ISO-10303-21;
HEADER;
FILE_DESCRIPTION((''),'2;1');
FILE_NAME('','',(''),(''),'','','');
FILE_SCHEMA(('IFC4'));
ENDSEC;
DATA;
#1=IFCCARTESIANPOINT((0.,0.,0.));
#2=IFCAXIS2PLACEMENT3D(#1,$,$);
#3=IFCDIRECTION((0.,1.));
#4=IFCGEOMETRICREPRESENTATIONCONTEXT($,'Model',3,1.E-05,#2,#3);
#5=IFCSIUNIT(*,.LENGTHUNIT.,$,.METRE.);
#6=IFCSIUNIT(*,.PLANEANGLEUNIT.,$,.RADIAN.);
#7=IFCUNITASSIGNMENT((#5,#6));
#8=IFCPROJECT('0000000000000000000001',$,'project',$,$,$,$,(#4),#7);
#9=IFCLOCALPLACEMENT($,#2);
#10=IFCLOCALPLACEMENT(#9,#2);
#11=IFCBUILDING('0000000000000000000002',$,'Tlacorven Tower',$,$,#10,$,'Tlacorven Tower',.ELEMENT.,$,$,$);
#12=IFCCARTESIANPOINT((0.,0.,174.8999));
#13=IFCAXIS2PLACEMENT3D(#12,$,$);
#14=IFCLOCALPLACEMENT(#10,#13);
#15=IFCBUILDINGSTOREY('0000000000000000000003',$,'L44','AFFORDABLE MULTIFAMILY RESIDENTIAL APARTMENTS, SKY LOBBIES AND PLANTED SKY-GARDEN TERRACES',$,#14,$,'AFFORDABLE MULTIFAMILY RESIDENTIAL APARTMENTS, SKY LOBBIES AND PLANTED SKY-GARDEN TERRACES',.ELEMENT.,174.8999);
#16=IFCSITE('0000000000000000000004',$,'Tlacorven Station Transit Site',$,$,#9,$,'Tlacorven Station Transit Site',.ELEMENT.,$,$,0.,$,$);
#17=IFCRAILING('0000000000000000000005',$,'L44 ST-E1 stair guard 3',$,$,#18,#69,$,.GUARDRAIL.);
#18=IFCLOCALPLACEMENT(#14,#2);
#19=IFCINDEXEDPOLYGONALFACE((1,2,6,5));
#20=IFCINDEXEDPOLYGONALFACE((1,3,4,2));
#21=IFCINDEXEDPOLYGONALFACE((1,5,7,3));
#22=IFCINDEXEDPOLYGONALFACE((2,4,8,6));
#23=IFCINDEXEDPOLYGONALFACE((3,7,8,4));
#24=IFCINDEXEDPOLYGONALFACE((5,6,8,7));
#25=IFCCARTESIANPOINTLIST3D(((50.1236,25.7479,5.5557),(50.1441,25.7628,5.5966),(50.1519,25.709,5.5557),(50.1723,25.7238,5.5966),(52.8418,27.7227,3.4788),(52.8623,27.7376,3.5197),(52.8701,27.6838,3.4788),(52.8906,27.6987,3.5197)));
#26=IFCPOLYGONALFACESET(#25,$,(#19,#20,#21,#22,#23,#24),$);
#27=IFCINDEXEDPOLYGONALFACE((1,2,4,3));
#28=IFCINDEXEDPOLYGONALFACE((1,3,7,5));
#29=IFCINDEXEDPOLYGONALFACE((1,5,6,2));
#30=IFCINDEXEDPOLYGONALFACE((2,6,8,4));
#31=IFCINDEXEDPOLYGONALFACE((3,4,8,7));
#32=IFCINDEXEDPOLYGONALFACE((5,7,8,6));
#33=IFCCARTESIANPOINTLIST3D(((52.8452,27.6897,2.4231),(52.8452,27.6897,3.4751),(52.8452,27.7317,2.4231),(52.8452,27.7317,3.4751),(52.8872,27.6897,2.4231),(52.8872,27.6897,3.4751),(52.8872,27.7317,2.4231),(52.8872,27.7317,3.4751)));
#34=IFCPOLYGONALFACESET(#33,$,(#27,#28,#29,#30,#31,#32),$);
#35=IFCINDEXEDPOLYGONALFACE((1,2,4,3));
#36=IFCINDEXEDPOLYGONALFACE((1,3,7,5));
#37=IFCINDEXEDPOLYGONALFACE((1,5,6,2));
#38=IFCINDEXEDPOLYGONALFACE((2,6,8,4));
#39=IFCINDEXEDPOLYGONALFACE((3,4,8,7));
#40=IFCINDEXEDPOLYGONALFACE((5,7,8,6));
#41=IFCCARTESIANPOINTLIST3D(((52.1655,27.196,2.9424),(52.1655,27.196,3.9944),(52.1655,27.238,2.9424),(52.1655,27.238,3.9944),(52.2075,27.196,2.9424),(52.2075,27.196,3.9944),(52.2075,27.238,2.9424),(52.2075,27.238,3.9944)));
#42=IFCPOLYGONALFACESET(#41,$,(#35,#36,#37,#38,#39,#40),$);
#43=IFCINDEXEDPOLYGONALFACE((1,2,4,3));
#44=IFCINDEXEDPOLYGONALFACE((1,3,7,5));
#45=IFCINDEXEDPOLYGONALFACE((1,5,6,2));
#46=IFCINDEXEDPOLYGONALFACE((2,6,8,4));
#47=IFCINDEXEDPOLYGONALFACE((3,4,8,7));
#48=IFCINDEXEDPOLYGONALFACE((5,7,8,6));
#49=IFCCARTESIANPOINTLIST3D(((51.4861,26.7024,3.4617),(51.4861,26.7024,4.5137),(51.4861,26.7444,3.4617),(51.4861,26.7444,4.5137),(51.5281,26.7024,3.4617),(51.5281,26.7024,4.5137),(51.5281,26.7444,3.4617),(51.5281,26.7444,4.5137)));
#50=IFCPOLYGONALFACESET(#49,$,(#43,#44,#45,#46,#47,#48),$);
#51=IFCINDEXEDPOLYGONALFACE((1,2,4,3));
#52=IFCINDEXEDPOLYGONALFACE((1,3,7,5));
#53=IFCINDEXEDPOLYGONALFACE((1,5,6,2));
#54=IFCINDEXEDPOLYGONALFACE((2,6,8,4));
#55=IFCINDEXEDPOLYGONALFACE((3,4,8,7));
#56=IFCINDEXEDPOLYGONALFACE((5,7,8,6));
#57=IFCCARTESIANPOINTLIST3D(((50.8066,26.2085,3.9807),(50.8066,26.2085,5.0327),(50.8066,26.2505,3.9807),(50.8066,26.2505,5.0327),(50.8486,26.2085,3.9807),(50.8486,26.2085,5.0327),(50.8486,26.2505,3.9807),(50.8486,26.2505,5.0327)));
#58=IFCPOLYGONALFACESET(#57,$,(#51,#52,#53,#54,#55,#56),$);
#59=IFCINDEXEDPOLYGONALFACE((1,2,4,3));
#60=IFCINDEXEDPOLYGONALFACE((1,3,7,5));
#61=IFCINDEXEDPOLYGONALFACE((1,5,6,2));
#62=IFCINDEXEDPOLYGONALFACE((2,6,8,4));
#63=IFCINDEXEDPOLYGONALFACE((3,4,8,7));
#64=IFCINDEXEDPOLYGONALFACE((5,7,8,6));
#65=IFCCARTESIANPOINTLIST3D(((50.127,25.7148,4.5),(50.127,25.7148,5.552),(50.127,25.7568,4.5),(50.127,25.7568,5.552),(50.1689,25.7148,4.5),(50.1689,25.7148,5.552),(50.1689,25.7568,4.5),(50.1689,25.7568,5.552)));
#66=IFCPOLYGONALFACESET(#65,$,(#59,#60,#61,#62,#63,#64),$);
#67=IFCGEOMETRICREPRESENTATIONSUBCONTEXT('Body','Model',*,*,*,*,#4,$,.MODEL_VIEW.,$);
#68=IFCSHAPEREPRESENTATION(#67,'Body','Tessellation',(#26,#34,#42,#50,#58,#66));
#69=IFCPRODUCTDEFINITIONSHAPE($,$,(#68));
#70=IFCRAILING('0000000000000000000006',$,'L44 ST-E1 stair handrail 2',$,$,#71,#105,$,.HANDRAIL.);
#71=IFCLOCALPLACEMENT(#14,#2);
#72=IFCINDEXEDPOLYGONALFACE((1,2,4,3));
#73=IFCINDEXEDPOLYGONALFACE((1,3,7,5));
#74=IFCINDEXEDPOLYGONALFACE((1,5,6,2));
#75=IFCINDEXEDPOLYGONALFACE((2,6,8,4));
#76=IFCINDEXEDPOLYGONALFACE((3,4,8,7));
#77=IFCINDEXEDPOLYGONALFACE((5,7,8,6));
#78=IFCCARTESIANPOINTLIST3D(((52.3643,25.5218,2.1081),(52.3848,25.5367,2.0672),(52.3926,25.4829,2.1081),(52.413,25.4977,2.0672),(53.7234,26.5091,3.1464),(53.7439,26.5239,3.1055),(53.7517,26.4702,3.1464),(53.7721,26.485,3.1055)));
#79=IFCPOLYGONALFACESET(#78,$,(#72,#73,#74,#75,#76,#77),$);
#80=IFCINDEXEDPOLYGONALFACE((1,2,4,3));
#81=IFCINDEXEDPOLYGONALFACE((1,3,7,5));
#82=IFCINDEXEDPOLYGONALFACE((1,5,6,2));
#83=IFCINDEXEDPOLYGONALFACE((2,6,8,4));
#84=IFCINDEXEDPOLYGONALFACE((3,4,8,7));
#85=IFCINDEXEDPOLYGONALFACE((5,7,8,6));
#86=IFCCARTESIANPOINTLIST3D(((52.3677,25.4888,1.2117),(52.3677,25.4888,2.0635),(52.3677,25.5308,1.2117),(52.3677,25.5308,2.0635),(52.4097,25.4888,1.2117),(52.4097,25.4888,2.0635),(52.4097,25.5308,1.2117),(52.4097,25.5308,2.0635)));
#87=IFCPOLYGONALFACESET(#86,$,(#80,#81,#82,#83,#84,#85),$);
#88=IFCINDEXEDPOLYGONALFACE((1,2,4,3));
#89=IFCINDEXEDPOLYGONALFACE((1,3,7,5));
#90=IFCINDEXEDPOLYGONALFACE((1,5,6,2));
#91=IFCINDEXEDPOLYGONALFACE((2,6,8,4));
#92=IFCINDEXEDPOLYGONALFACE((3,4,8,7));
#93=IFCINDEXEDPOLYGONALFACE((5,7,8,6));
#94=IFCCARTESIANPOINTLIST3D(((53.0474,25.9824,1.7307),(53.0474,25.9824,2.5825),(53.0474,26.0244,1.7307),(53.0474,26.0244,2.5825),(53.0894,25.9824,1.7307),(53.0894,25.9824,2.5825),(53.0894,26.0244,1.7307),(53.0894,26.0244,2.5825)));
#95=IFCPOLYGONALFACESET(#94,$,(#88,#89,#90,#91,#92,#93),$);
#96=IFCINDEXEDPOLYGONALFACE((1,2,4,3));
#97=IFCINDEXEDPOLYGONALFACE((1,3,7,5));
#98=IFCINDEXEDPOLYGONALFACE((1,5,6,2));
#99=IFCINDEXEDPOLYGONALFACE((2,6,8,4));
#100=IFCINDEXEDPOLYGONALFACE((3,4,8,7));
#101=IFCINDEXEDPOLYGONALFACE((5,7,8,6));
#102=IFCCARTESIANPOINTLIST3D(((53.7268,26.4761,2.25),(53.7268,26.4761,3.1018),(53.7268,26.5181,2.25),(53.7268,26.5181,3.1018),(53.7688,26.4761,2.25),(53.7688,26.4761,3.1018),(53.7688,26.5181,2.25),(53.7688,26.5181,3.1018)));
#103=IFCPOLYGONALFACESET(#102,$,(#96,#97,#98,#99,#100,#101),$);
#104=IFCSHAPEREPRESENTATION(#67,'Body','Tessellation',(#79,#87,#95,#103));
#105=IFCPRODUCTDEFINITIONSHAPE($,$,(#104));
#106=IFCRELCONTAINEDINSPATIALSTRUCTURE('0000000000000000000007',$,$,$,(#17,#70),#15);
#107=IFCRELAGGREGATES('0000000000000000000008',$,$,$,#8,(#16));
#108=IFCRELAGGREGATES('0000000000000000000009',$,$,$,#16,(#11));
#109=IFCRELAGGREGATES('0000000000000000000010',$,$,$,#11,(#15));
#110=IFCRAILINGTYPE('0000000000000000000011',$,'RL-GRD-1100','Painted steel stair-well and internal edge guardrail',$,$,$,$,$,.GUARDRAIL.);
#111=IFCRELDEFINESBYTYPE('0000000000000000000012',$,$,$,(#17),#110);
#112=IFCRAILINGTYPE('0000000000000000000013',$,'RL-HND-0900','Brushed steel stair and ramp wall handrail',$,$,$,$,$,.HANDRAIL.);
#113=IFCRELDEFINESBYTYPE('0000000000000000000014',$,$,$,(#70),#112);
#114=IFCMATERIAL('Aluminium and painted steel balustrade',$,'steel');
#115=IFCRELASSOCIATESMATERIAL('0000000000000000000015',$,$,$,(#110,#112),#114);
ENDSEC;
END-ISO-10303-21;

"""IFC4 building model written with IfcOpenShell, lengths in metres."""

from ifc_helpers import new_model, si_unit, direction, frame, origin, origin_2d, place, context, subcontext, project, spatial, rectangle, extrude, source, transform, mapped, material, type_object, element, save


model = new_model("IFC4")

# Units and contexts
model_context = context("Model", 3, precision=1e-05, world=origin(), true_north=direction((0.0, 1.0)))
body_context = subcontext(model_context, "Body", "Model", "MODEL_VIEW")
ifc_project = project(units=[si_unit("LENGTHUNIT", "METRE"), si_unit("PLANEANGLEUNIT", "RADIAN")], contexts=[model_context])

# Site, building, storey
site_placement = place(None, origin())
site = spatial("IfcSite", under=ifc_project, at=site_placement, Name="Tlacorven Station Transit Site", LongName="Tlacorven Station Transit Site", CompositionType="ELEMENT", RefElevation=0.0)
building_placement = place(site_placement, origin())
building = spatial("IfcBuilding", under=site, at=building_placement, Name="Tlacorven Tower", LongName="Tlacorven Tower", CompositionType="ELEMENT")
storey_placement = place(building_placement, frame((0.0, 0.0, 174.8999)))
storey = spatial("IfcBuildingStorey", under=building, at=storey_placement, Name="L44", Description="AFFORDABLE MULTIFAMILY RESIDENTIAL APARTMENTS, SKY LOBBIES AND PLANTED SKY-GARDEN TERRACES", LongName="AFFORDABLE MULTIFAMILY RESIDENTIAL APARTMENTS, SKY LOBBIES AND PLANTED SKY-GARDEN TERRACES", CompositionType="ELEMENT", Elevation=174.8999)

# Railings
ifc_material_1 = material(Name="Aluminium and painted steel balustrade", Category="steel")
railing_type_1 = type_object("IfcRailingType", Name="RL-GRD-1100", Description="Painted steel stair-well and internal edge guardrail", PredefinedType="GUARDRAIL", material=ifc_material_1)
shared_shape_1 = source(origin(), body_context, "Body", "SweptSolid", [
    extrude(rectangle(XDim=0.0481, YDim=0.0481, at=origin_2d()), frame((0.0, 0.0, 1.0762), z_axis=(-0.688167, -0.499963, 0.525798), x_axis=(0.58777, -0.809028, 0.0)), (0.0, 0.0, 1.0), 3.95),
    extrude(rectangle(XDim=0.042, YDim=0.042, at=origin_2d()), origin(), (0.0, 0.0, 1.0), 1.052),
    extrude(rectangle(XDim=0.042, YDim=0.042, at=origin_2d()), frame((-0.6797, -0.4937, 0.5193)), (0.0, 0.0, 1.0), 1.052),
    extrude(rectangle(XDim=0.042, YDim=0.042, at=origin_2d()), frame((-1.3591, -0.9873, 1.0386)), (0.0, 0.0, 1.0), 1.052),
    extrude(rectangle(XDim=0.042, YDim=0.042, at=origin_2d()), frame((-2.0386, -1.4812, 1.5576)), (0.0, 0.0, 1.0), 1.052),
    extrude(rectangle(XDim=0.042, YDim=0.042, at=origin_2d()), frame((-2.7183, -1.9749, 2.0769)), (0.0, 0.0, 1.0), 1.052),
])
railing_1_placement = place(storey_placement, frame((52.8662, 27.7107, 2.4231)))
element("IfcRailing", 1, at=railing_1_placement, inside=storey, type_object=railing_type_1, Name="L44 ST-E1 stair guard 3", PredefinedType="GUARDRAIL", context=body_context, shape_type="MappedRepresentation", body=[
    mapped(shared_shape_1, transform((0.0, 0.0, 0.0), scale=1.0)),
])
railing_type_2 = type_object("IfcRailingType", Name="RL-HND-0900", Description="Brushed steel stair and ramp wall handrail", PredefinedType="HANDRAIL", material=ifc_material_1)
shared_shape_2 = source(origin(), body_context, "Body", "SweptSolid", [
    extrude(rectangle(XDim=0.0481, YDim=0.0481, at=origin_2d()), frame((0.0, 0.0, 0.876), z_axis=(0.688211, 0.499932, 0.52577), x_axis=(-0.587722, 0.809063, 0.0)), (0.0, 0.0, 1.0), 1.9749),
    extrude(rectangle(XDim=0.042, YDim=0.042, at=origin_2d()), origin(), (0.0, 0.0, 1.0), 0.8518),
    extrude(rectangle(XDim=0.042, YDim=0.042, at=origin_2d()), frame((0.6797, 0.4937, 0.519)), (0.0, 0.0, 1.0), 0.8518),
    extrude(rectangle(XDim=0.042, YDim=0.042, at=origin_2d()), frame((1.3591, 0.9873, 1.0383)), (0.0, 0.0, 1.0), 0.8518),
])
railing_2_placement = place(storey_placement, frame((52.3887, 25.5098, 1.2117)))
element("IfcRailing", 2, at=railing_2_placement, inside=storey, type_object=railing_type_2, Name="L44 ST-E1 stair handrail 2", PredefinedType="HANDRAIL", context=body_context, shape_type="MappedRepresentation", body=[
    mapped(shared_shape_2, transform((0.0, 0.0, 0.0), scale=1.0)),
])

save(model, "model.ifc")
